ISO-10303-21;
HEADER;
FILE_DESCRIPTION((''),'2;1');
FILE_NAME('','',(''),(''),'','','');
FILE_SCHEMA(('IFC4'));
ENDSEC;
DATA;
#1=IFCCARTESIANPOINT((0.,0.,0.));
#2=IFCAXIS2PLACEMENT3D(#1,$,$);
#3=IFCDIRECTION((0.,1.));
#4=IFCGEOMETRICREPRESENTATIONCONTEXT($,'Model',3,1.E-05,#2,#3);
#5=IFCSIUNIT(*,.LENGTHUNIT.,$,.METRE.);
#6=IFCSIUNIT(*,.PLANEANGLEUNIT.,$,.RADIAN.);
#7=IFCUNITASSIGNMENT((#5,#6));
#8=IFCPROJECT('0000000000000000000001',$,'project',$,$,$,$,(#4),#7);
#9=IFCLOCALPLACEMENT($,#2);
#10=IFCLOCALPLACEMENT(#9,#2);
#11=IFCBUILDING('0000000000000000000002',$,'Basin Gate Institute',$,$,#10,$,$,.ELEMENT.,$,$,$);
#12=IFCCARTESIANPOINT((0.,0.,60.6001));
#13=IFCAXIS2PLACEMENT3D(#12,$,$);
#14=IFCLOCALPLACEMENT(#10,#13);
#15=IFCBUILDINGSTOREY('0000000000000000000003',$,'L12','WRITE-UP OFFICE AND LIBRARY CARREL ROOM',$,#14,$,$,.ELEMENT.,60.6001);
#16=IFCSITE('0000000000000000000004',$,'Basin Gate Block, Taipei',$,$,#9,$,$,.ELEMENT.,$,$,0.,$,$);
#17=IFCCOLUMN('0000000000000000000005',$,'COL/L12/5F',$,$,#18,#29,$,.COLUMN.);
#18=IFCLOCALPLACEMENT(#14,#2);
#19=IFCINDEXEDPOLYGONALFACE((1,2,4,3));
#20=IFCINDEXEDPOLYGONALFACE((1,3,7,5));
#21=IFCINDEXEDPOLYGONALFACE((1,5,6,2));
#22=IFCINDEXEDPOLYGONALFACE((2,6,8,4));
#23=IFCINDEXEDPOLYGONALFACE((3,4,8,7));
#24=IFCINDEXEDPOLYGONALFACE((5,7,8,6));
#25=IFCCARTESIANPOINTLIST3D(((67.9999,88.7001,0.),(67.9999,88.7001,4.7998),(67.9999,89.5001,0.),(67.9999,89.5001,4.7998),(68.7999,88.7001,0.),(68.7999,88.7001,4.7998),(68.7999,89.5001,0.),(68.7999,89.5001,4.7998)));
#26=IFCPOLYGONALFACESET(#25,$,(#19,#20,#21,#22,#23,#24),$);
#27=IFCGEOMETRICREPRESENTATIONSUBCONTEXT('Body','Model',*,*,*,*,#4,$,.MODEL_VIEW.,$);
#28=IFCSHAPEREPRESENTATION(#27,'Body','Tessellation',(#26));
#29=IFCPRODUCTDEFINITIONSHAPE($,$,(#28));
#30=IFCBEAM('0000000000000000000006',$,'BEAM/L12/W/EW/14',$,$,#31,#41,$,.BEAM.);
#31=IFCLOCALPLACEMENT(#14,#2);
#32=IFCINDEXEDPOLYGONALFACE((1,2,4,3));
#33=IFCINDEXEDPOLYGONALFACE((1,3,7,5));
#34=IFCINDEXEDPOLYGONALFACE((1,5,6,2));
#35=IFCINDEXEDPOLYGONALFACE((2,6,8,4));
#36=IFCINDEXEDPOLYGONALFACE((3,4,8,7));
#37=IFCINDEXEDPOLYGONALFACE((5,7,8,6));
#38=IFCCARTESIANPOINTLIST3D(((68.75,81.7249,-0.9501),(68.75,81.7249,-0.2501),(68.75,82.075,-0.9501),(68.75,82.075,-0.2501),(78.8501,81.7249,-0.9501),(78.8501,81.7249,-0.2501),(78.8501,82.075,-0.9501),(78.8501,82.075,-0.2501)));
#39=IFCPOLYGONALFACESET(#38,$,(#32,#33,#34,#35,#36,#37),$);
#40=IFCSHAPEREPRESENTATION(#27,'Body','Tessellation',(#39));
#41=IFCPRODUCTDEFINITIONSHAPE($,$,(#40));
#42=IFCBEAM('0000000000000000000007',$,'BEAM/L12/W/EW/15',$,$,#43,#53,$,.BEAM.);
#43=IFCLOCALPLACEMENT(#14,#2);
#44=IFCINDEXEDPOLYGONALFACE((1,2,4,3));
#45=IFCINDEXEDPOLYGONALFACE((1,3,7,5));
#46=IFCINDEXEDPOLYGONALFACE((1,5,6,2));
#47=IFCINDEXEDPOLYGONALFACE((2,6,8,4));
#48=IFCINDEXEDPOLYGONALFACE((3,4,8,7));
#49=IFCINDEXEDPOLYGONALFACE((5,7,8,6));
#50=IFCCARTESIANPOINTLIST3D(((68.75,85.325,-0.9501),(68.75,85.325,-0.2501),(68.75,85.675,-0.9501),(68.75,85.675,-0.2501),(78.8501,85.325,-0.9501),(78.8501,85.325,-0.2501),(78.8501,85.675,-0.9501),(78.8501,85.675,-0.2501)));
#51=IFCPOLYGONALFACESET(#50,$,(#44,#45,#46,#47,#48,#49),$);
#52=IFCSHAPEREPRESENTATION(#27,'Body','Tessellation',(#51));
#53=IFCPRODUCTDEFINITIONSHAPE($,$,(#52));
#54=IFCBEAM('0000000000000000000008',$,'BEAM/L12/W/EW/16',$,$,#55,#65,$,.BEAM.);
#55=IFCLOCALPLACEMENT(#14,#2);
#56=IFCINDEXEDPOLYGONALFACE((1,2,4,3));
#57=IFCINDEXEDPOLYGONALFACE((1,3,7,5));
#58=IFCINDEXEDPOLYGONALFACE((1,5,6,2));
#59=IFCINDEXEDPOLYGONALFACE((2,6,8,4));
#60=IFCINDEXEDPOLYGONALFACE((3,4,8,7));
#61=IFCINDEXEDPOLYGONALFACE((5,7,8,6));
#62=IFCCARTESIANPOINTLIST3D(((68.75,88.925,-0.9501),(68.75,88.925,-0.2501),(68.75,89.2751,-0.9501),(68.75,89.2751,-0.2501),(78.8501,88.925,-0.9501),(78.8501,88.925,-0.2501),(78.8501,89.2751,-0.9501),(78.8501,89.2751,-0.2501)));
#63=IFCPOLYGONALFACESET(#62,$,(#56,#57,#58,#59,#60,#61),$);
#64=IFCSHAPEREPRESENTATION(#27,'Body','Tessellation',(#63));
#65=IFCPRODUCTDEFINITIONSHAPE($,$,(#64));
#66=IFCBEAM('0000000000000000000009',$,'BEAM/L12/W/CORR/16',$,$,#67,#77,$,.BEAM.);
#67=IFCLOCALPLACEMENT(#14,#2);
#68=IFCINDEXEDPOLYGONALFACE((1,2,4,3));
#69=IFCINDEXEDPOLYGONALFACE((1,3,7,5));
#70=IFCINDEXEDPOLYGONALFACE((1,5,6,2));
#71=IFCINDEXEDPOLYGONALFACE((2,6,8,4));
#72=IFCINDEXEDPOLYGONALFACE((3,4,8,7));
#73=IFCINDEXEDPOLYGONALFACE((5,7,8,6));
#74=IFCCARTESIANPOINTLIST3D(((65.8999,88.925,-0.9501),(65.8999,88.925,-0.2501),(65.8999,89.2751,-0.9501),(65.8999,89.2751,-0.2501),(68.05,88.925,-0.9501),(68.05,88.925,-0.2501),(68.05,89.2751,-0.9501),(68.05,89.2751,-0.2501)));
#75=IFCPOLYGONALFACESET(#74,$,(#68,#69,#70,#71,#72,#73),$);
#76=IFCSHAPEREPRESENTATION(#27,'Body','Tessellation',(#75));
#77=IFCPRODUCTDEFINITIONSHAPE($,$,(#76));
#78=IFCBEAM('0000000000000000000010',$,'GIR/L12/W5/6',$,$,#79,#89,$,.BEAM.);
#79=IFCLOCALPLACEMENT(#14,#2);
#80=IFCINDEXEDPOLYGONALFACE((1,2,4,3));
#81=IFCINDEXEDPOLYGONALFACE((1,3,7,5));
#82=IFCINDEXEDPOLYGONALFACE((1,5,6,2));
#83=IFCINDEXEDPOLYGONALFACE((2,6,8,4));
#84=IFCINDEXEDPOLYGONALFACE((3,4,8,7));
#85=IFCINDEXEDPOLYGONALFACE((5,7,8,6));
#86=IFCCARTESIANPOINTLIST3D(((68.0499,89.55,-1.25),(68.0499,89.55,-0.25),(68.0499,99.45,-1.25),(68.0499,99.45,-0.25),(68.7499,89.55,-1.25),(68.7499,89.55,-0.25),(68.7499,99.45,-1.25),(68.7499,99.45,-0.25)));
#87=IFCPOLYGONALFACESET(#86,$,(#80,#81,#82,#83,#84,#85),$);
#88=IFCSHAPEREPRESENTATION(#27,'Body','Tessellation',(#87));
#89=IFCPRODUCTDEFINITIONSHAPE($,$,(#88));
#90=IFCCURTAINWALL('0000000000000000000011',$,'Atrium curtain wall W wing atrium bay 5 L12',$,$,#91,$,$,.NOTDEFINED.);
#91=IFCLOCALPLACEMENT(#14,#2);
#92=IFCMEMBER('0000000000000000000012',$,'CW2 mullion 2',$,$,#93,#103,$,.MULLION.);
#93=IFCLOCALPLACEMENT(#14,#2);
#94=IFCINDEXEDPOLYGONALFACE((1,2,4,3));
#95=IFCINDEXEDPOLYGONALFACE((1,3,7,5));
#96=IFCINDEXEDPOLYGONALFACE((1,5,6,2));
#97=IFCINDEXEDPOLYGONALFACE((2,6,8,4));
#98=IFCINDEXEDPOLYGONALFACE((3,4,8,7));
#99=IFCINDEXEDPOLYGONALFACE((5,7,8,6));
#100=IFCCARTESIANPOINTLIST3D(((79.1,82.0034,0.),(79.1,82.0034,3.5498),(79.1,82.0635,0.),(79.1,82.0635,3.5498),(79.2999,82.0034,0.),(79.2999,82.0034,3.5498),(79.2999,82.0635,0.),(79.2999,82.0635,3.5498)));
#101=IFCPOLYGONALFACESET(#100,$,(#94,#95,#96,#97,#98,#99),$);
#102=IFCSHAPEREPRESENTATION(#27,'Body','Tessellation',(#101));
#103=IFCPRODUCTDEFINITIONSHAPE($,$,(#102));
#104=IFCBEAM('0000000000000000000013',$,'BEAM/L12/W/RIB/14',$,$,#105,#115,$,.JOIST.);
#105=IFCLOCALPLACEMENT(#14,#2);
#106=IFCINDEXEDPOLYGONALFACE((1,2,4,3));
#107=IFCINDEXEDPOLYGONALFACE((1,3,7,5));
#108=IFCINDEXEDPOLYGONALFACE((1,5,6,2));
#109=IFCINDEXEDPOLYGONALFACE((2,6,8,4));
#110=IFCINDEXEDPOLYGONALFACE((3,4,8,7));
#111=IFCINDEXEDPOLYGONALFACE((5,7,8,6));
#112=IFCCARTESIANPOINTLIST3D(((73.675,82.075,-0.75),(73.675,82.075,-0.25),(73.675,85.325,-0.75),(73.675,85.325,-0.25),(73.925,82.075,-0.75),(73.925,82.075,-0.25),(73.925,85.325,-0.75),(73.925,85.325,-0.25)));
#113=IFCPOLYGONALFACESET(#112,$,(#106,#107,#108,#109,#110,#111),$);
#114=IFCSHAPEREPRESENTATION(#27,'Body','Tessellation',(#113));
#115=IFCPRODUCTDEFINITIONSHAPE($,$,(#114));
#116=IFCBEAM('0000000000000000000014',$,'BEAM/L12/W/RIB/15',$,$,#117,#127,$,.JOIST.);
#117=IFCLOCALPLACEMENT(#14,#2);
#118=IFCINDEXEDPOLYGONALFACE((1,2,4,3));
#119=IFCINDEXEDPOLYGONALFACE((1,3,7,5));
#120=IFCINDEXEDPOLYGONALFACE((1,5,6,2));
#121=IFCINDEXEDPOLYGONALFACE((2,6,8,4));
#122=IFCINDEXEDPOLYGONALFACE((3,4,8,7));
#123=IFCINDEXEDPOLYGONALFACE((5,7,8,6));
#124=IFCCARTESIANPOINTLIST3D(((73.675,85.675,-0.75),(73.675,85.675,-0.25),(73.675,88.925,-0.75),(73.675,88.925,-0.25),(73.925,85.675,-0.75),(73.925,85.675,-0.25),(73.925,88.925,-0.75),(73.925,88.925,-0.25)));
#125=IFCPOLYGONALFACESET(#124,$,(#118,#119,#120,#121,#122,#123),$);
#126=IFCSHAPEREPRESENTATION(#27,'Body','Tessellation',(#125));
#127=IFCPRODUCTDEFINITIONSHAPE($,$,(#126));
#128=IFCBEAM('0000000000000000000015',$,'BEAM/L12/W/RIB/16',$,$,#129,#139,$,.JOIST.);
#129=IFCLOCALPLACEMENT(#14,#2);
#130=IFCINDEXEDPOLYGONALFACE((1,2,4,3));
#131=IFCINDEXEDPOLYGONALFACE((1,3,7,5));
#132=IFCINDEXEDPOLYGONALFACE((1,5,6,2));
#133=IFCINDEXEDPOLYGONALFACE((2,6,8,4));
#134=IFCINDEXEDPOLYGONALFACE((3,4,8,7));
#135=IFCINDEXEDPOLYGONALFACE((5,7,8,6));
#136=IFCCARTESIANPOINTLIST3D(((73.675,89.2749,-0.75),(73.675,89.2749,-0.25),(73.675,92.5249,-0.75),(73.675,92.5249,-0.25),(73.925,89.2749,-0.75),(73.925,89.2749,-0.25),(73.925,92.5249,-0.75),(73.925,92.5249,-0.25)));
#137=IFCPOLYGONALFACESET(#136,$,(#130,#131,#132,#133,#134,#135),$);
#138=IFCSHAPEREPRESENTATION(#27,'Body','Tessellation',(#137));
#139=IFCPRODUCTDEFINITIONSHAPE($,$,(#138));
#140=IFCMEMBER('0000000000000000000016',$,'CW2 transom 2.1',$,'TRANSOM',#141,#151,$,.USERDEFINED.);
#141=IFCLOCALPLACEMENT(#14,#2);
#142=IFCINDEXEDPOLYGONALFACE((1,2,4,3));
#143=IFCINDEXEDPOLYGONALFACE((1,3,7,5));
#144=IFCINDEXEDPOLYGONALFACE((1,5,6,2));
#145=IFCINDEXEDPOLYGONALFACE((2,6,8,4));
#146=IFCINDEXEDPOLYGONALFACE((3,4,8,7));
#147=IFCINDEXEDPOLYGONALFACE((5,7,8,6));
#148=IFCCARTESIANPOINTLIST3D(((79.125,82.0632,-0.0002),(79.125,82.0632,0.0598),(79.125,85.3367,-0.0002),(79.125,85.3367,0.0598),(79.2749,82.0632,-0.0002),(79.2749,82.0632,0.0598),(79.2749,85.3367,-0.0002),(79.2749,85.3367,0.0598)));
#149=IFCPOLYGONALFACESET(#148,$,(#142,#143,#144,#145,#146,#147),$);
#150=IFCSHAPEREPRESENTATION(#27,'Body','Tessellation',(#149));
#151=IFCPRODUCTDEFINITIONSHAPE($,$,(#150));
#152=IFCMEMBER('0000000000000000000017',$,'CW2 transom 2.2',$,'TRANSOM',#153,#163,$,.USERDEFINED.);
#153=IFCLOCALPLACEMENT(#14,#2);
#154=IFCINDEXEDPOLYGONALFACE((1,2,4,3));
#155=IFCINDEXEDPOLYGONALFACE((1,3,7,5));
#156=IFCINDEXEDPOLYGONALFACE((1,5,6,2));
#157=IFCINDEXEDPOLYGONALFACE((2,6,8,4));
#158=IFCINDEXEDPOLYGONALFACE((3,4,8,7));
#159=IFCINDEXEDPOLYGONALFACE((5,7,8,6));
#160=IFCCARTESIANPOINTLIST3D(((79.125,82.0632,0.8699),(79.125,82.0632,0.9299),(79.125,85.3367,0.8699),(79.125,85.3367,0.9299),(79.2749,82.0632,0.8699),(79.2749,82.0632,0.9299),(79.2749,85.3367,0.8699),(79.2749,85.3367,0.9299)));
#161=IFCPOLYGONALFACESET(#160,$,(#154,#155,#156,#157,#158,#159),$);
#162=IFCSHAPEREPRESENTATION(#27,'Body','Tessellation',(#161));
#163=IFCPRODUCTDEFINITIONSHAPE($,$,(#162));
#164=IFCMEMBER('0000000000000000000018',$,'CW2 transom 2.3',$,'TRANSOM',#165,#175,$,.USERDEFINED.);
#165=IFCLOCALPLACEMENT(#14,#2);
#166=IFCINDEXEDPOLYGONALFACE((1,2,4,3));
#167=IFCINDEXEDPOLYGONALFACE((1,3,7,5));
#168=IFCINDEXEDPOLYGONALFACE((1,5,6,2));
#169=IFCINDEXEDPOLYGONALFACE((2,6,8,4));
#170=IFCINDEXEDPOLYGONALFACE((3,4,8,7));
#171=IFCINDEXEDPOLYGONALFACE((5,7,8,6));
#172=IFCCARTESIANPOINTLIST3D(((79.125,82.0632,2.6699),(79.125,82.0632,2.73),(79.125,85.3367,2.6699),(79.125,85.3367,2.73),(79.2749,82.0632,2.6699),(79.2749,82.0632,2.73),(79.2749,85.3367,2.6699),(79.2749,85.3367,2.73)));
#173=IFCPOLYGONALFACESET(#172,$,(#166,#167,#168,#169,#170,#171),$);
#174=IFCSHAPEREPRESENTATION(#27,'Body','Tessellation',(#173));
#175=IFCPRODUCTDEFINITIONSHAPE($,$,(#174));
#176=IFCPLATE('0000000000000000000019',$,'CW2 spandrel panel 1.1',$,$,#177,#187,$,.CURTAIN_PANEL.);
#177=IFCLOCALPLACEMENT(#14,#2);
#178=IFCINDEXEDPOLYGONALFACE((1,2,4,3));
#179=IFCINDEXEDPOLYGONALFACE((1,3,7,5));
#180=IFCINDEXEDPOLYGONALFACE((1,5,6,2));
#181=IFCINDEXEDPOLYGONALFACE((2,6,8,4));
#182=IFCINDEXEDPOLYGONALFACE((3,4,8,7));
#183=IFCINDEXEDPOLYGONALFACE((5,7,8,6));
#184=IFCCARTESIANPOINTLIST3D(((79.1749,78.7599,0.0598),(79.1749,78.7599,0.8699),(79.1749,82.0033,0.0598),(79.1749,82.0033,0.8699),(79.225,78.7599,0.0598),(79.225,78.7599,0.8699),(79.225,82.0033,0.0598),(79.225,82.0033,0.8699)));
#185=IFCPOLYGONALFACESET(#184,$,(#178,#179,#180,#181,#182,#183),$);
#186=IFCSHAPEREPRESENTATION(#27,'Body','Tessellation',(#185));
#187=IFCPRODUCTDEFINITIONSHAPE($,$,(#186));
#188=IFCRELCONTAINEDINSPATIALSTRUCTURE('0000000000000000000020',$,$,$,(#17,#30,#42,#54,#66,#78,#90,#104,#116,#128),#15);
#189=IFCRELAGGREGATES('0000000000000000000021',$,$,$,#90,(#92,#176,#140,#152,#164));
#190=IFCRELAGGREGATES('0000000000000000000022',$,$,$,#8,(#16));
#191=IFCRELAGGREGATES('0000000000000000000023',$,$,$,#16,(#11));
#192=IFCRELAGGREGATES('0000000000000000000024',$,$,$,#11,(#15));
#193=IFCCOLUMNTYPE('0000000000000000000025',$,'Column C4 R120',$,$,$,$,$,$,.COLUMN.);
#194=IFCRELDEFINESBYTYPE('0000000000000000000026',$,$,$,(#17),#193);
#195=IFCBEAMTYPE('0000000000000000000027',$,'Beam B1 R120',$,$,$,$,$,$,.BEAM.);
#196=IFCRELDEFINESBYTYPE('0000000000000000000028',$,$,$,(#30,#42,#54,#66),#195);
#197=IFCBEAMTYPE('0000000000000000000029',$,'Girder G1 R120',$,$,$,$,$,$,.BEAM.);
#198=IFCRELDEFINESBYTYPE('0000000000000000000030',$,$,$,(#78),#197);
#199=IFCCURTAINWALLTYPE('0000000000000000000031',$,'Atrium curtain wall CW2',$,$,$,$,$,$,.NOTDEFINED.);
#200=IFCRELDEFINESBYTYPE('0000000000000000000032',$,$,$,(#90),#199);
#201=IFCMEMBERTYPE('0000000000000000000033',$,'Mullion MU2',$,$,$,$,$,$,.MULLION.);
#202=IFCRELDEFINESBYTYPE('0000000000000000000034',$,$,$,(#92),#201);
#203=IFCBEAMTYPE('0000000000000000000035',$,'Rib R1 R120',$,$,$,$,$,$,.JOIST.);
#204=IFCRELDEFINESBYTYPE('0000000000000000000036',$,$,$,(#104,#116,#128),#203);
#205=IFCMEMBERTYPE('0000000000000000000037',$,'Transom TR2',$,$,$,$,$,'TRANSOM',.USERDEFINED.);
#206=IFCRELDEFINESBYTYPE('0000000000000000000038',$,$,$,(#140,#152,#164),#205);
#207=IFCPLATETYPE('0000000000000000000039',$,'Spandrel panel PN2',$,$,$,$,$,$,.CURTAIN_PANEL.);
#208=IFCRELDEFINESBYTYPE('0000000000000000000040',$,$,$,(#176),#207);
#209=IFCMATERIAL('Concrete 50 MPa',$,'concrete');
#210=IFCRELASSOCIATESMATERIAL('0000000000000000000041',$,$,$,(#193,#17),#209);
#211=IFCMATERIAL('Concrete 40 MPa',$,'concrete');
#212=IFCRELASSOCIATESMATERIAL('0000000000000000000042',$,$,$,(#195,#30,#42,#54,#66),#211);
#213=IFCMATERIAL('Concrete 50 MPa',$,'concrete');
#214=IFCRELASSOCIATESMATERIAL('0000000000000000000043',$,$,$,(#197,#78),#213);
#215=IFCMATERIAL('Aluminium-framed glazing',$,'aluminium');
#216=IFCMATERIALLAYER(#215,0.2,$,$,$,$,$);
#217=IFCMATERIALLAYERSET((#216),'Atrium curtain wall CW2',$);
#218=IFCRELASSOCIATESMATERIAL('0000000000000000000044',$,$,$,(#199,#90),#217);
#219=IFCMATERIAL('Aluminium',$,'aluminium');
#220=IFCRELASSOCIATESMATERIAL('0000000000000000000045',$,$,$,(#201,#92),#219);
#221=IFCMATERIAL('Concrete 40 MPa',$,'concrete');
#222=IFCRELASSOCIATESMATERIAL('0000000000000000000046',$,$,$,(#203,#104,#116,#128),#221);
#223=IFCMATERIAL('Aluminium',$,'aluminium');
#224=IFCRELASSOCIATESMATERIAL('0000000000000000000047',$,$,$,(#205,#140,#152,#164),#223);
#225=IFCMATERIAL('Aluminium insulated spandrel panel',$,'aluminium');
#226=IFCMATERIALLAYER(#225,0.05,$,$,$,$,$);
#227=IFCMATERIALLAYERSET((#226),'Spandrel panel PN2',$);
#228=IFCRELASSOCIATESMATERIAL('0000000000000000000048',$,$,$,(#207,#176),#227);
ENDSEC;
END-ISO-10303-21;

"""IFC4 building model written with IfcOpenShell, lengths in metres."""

from ifc_helpers import new_model, si_unit, direction, frame, origin, origin_2d, place, context, subcontext, project, spatial, rectangle, extrude, material, layer, layer_set, material_profile, profile_set, type_object, element, aggregate, save


model = new_model("IFC4")

# Units and contexts
model_context = context("Model", 3, precision=1e-05, world=origin(), true_north=direction((0.0, 1.0)))
body_context = subcontext(model_context, "Body", "Model", "MODEL_VIEW")
ifc_project = project(units=[si_unit("LENGTHUNIT", "METRE"), si_unit("PLANEANGLEUNIT", "RADIAN")], contexts=[model_context])

# Site, building, storey
site_placement = place(None, origin())
site = spatial("IfcSite", under=ifc_project, at=site_placement, Name="Basin Gate Block, Taipei", CompositionType="ELEMENT", RefElevation=0.0)
building_placement = place(site_placement, origin())
building = spatial("IfcBuilding", under=site, at=building_placement, Name="Basin Gate Institute", CompositionType="ELEMENT")
storey_placement = place(building_placement, frame((0.0, 0.0, 60.6001)))
storey = spatial("IfcBuildingStorey", under=building, at=storey_placement, Name="L12", Description="WRITE-UP OFFICE AND LIBRARY CARREL ROOM", CompositionType="ELEMENT", Elevation=60.6001)

# Column
ifc_material_1 = material(Name="Concrete 50 MPa", Category="concrete")
ifc_material_profile_1 = material_profile(ifc_material_1, rectangle(XDim=0.8, YDim=0.8, at=origin_2d()), Name="Column C4 800 x 800")
ifc_profile_set_1 = profile_set([ifc_material_profile_1], Name="Concrete 50 MPa")
column_type = type_object("IfcColumnType", Name="Column C4 R120", PredefinedType="COLUMN", material=ifc_profile_set_1)
column_placement = place(storey_placement, frame((68.3999, 89.1001, 0.0), z_axis=(0.0, 0.0, 1.0), x_axis=(1.0, 0.0, 0.0)))
element("IfcColumn", 1, at=column_placement, inside=storey, type_object=column_type, material=ifc_profile_set_1, Name="COL/L12/5F", PredefinedType="COLUMN", context=body_context, shape_type="SweptSolid", body=[
    extrude(rectangle(XDim=0.8, YDim=0.8, at=origin_2d()), origin(), (0.0, 0.0, 1.0), 4.7998),
])

# Beams
ifc_material_2 = material(Name="Concrete 40 MPa", Category="concrete")
ifc_material_profile_2 = material_profile(ifc_material_2, rectangle(XDim=0.3501, YDim=0.7, at=origin_2d()), Name="Beam B1 350 x 700")
ifc_profile_set_2 = profile_set([ifc_material_profile_2], Name="Concrete 40 MPa")
beam_type_1 = type_object("IfcBeamType", Name="Beam B1 R120", PredefinedType="BEAM", material=ifc_profile_set_2)
for number, where, z_axis, x_axis, name in (
    (2, (68.75, 81.8999, -0.6001), (1.0, 0.0, 0.0), (0.0, 1.0, 0.0), "BEAM/L12/W/EW/14"),
    (3, (68.75, 85.5, -0.6001), (1.0, 0.0, 0.0), (0.0, 1.0, 0.0), "BEAM/L12/W/EW/15"),
    (4, (68.75, 89.1001, -0.6001), (1.0, 0.0, 0.0), (0.0, 1.0, 0.0), "BEAM/L12/W/EW/16"),
):
    element("IfcBeam", number, at=place(storey_placement, frame(where, z_axis=z_axis, x_axis=x_axis)), inside=storey, type_object=beam_type_1, material=ifc_profile_set_2, Name=name, PredefinedType="BEAM", context=body_context, shape_type="SweptSolid", body=[
        extrude(rectangle(XDim=0.3501, YDim=0.7, at=origin_2d()), origin(), (0.0, 0.0, 1.0), 10.1001),
    ])
beam_1_placement = place(storey_placement, frame((65.8999, 89.1001, -0.6001), z_axis=(1.0, 0.0, 0.0), x_axis=(0.0, 1.0, 0.0)))
element("IfcBeam", 5, at=beam_1_placement, inside=storey, type_object=beam_type_1, material=ifc_profile_set_2, Name="BEAM/L12/W/CORR/16", PredefinedType="BEAM", context=body_context, shape_type="SweptSolid", body=[
    extrude(rectangle(XDim=0.3501, YDim=0.7, at=origin_2d()), origin(), (0.0, 0.0, 1.0), 2.1501),
])
ifc_material_3 = material(Name="Concrete 50 MPa", Category="concrete")
ifc_material_profile_3 = material_profile(ifc_material_3, rectangle(XDim=0.7, YDim=1.0, at=origin_2d()), Name="Girder G1 700 x 1000")
ifc_profile_set_3 = profile_set([ifc_material_profile_3], Name="Concrete 50 MPa")
beam_type_2 = type_object("IfcBeamType", Name="Girder G1 R120", PredefinedType="BEAM", material=ifc_profile_set_3)
beam_2_placement = place(storey_placement, frame((68.3999, 89.55, -0.75), z_axis=(0.0, 1.0, 0.0), x_axis=(-1.0, 0.0, 0.0)))
element("IfcBeam", 6, at=beam_2_placement, inside=storey, type_object=beam_type_2, material=ifc_profile_set_3, Name="GIR/L12/W5/6", PredefinedType="BEAM", context=body_context, shape_type="SweptSolid", body=[
    extrude(rectangle(XDim=0.7, YDim=1.0, at=origin_2d()), origin(), (0.0, 0.0, 1.0), 9.8999),
])

# Curtain wall, member
ifc_material_4 = material(Name="Aluminium-framed glazing", Category="aluminium")
ifc_layer_1 = layer(ifc_material_4, 0.2)
ifc_layer_set_1 = layer_set([ifc_layer_1], Name="Atrium curtain wall CW2")
curtain_wall_type = type_object("IfcCurtainWallType", Name="Atrium curtain wall CW2", PredefinedType="NOTDEFINED", material=ifc_layer_set_1)
curtain_wall_placement = place(storey_placement, origin())
curtain_wall = element("IfcCurtainWall", 7, at=curtain_wall_placement, inside=storey, type_object=curtain_wall_type, material=ifc_layer_set_1, Name="Atrium curtain wall W wing atrium bay 5 L12", PredefinedType="NOTDEFINED")
ifc_material_5 = material(Name="Aluminium", Category="aluminium")
ifc_material_profile_4 = material_profile(ifc_material_5, rectangle(XDim=0.2, YDim=0.0601, at=origin_2d()), Name="Mullion MU2 200 x 60")
ifc_profile_set_4 = profile_set([ifc_material_profile_4], Name="Aluminium")
member_type_1 = type_object("IfcMemberType", Name="Mullion MU2", PredefinedType="MULLION", material=ifc_profile_set_4)
member_1_placement = place(storey_placement, frame((79.2, 82.0334, 0.0), z_axis=(0.0, 0.0, 1.0), x_axis=(-1.0, 0.0, 0.0)))
member_1 = element("IfcMember", 8, at=member_1_placement, type_object=member_type_1, material=ifc_profile_set_4, Name="CW2 mullion 2", PredefinedType="MULLION", context=body_context, shape_type="SweptSolid", body=[
    extrude(rectangle(XDim=0.2, YDim=0.0601, at=origin_2d()), origin(), (0.0, 0.0, 1.0), 3.5498),
])

# Beams
ifc_material_6 = material(Name="Concrete 40 MPa", Category="concrete")
ifc_material_profile_5 = material_profile(ifc_material_6, rectangle(XDim=0.25, YDim=0.5, at=origin_2d()), Name="Rib R1 250 x 500")
ifc_profile_set_5 = profile_set([ifc_material_profile_5], Name="Concrete 40 MPa")
beam_type_3 = type_object("IfcBeamType", Name="Rib R1 R120", PredefinedType="JOIST", material=ifc_profile_set_5)
for number, where, z_axis, x_axis, name in (
    (9, (73.8, 82.075, -0.5), (0.0, 1.0, 0.0), (-1.0, 0.0, 0.0), "BEAM/L12/W/RIB/14"),
    (10, (73.8, 85.675, -0.5), (0.0, 1.0, 0.0), (-1.0, 0.0, 0.0), "BEAM/L12/W/RIB/15"),
    (11, (73.8, 89.2749, -0.5), (0.0, 1.0, 0.0), (-1.0, 0.0, 0.0), "BEAM/L12/W/RIB/16"),
):
    element("IfcBeam", number, at=place(storey_placement, frame(where, z_axis=z_axis, x_axis=x_axis)), inside=storey, type_object=beam_type_3, material=ifc_profile_set_5, Name=name, PredefinedType="JOIST", context=body_context, shape_type="SweptSolid", body=[
        extrude(rectangle(XDim=0.25, YDim=0.5, at=origin_2d()), origin(), (0.0, 0.0, 1.0), 3.25),
    ])

# Members
ifc_material_7 = material(Name="Aluminium", Category="aluminium")
ifc_material_profile_6 = material_profile(ifc_material_7, rectangle(XDim=0.1499, YDim=0.0601, at=origin_2d()), Name="Transom TR2 150 x 60")
ifc_profile_set_6 = profile_set([ifc_material_profile_6], Name="Aluminium")
member_type_2 = type_object("IfcMemberType", Name="Transom TR2", ElementType="TRANSOM", PredefinedType="USERDEFINED", material=ifc_profile_set_6)
member_2_placement = place(storey_placement, frame((79.2, 82.0632, 0.0298), z_axis=(0.0, 1.0, 0.0), x_axis=(-1.0, 0.0, 0.0)))
member_2 = element("IfcMember", 12, at=member_2_placement, type_object=member_type_2, material=ifc_profile_set_6, Name="CW2 transom 2.1", ObjectType="TRANSOM", PredefinedType="USERDEFINED", context=body_context, shape_type="SweptSolid", body=[
    extrude(rectangle(XDim=0.1499, YDim=0.0601, at=origin_2d()), origin(), (0.0, 0.0, 1.0), 3.2734),
])
member_3_placement = place(storey_placement, frame((79.2, 82.0632, 0.8999), z_axis=(0.0, 1.0, 0.0), x_axis=(-1.0, 0.0, 0.0)))
member_3 = element("IfcMember", 13, at=member_3_placement, type_object=member_type_2, material=ifc_profile_set_6, Name="CW2 transom 2.2", ObjectType="TRANSOM", PredefinedType="USERDEFINED", context=body_context, shape_type="SweptSolid", body=[
    extrude(rectangle(XDim=0.1499, YDim=0.0601, at=origin_2d()), origin(), (0.0, 0.0, 1.0), 3.2734),
])
member_4_placement = place(storey_placement, frame((79.2, 82.0632, 2.7), z_axis=(0.0, 1.0, 0.0), x_axis=(-1.0, 0.0, 0.0)))
member_4 = element("IfcMember", 14, at=member_4_placement, type_object=member_type_2, material=ifc_profile_set_6, Name="CW2 transom 2.3", ObjectType="TRANSOM", PredefinedType="USERDEFINED", context=body_context, shape_type="SweptSolid", body=[
    extrude(rectangle(XDim=0.1499, YDim=0.0601, at=origin_2d()), origin(), (0.0, 0.0, 1.0), 3.2734),
])

# Plate
ifc_material_8 = material(Name="Aluminium insulated spandrel panel", Category="aluminium")
ifc_layer_2 = layer(ifc_material_8, 0.05)
ifc_layer_set_2 = layer_set([ifc_layer_2], Name="Spandrel panel PN2")
plate_type_1 = type_object("IfcPlateType", Name="Spandrel panel PN2", PredefinedType="CURTAIN_PANEL", material=ifc_layer_set_2)
plate_1_placement = place(storey_placement, frame((79.2, 80.3816, 0.0598), z_axis=(0.0, 0.0, 1.0), x_axis=(0.0, 1.0, 0.0)))
plate_1 = element("IfcPlate", 15, at=plate_1_placement, type_object=plate_type_1, material=ifc_layer_set_2, Name="CW2 spandrel panel 1.1", PredefinedType="CURTAIN_PANEL", context=body_context, shape_type="SweptSolid", body=[
    extrude(rectangle(XDim=3.2434, YDim=0.05, at=origin_2d()), origin(), (0.0, 0.0, 1.0), 0.8101),
])
aggregate(curtain_wall, [member_1, plate_1, member_2, member_3, member_4])

save(model, "model.ifc")
